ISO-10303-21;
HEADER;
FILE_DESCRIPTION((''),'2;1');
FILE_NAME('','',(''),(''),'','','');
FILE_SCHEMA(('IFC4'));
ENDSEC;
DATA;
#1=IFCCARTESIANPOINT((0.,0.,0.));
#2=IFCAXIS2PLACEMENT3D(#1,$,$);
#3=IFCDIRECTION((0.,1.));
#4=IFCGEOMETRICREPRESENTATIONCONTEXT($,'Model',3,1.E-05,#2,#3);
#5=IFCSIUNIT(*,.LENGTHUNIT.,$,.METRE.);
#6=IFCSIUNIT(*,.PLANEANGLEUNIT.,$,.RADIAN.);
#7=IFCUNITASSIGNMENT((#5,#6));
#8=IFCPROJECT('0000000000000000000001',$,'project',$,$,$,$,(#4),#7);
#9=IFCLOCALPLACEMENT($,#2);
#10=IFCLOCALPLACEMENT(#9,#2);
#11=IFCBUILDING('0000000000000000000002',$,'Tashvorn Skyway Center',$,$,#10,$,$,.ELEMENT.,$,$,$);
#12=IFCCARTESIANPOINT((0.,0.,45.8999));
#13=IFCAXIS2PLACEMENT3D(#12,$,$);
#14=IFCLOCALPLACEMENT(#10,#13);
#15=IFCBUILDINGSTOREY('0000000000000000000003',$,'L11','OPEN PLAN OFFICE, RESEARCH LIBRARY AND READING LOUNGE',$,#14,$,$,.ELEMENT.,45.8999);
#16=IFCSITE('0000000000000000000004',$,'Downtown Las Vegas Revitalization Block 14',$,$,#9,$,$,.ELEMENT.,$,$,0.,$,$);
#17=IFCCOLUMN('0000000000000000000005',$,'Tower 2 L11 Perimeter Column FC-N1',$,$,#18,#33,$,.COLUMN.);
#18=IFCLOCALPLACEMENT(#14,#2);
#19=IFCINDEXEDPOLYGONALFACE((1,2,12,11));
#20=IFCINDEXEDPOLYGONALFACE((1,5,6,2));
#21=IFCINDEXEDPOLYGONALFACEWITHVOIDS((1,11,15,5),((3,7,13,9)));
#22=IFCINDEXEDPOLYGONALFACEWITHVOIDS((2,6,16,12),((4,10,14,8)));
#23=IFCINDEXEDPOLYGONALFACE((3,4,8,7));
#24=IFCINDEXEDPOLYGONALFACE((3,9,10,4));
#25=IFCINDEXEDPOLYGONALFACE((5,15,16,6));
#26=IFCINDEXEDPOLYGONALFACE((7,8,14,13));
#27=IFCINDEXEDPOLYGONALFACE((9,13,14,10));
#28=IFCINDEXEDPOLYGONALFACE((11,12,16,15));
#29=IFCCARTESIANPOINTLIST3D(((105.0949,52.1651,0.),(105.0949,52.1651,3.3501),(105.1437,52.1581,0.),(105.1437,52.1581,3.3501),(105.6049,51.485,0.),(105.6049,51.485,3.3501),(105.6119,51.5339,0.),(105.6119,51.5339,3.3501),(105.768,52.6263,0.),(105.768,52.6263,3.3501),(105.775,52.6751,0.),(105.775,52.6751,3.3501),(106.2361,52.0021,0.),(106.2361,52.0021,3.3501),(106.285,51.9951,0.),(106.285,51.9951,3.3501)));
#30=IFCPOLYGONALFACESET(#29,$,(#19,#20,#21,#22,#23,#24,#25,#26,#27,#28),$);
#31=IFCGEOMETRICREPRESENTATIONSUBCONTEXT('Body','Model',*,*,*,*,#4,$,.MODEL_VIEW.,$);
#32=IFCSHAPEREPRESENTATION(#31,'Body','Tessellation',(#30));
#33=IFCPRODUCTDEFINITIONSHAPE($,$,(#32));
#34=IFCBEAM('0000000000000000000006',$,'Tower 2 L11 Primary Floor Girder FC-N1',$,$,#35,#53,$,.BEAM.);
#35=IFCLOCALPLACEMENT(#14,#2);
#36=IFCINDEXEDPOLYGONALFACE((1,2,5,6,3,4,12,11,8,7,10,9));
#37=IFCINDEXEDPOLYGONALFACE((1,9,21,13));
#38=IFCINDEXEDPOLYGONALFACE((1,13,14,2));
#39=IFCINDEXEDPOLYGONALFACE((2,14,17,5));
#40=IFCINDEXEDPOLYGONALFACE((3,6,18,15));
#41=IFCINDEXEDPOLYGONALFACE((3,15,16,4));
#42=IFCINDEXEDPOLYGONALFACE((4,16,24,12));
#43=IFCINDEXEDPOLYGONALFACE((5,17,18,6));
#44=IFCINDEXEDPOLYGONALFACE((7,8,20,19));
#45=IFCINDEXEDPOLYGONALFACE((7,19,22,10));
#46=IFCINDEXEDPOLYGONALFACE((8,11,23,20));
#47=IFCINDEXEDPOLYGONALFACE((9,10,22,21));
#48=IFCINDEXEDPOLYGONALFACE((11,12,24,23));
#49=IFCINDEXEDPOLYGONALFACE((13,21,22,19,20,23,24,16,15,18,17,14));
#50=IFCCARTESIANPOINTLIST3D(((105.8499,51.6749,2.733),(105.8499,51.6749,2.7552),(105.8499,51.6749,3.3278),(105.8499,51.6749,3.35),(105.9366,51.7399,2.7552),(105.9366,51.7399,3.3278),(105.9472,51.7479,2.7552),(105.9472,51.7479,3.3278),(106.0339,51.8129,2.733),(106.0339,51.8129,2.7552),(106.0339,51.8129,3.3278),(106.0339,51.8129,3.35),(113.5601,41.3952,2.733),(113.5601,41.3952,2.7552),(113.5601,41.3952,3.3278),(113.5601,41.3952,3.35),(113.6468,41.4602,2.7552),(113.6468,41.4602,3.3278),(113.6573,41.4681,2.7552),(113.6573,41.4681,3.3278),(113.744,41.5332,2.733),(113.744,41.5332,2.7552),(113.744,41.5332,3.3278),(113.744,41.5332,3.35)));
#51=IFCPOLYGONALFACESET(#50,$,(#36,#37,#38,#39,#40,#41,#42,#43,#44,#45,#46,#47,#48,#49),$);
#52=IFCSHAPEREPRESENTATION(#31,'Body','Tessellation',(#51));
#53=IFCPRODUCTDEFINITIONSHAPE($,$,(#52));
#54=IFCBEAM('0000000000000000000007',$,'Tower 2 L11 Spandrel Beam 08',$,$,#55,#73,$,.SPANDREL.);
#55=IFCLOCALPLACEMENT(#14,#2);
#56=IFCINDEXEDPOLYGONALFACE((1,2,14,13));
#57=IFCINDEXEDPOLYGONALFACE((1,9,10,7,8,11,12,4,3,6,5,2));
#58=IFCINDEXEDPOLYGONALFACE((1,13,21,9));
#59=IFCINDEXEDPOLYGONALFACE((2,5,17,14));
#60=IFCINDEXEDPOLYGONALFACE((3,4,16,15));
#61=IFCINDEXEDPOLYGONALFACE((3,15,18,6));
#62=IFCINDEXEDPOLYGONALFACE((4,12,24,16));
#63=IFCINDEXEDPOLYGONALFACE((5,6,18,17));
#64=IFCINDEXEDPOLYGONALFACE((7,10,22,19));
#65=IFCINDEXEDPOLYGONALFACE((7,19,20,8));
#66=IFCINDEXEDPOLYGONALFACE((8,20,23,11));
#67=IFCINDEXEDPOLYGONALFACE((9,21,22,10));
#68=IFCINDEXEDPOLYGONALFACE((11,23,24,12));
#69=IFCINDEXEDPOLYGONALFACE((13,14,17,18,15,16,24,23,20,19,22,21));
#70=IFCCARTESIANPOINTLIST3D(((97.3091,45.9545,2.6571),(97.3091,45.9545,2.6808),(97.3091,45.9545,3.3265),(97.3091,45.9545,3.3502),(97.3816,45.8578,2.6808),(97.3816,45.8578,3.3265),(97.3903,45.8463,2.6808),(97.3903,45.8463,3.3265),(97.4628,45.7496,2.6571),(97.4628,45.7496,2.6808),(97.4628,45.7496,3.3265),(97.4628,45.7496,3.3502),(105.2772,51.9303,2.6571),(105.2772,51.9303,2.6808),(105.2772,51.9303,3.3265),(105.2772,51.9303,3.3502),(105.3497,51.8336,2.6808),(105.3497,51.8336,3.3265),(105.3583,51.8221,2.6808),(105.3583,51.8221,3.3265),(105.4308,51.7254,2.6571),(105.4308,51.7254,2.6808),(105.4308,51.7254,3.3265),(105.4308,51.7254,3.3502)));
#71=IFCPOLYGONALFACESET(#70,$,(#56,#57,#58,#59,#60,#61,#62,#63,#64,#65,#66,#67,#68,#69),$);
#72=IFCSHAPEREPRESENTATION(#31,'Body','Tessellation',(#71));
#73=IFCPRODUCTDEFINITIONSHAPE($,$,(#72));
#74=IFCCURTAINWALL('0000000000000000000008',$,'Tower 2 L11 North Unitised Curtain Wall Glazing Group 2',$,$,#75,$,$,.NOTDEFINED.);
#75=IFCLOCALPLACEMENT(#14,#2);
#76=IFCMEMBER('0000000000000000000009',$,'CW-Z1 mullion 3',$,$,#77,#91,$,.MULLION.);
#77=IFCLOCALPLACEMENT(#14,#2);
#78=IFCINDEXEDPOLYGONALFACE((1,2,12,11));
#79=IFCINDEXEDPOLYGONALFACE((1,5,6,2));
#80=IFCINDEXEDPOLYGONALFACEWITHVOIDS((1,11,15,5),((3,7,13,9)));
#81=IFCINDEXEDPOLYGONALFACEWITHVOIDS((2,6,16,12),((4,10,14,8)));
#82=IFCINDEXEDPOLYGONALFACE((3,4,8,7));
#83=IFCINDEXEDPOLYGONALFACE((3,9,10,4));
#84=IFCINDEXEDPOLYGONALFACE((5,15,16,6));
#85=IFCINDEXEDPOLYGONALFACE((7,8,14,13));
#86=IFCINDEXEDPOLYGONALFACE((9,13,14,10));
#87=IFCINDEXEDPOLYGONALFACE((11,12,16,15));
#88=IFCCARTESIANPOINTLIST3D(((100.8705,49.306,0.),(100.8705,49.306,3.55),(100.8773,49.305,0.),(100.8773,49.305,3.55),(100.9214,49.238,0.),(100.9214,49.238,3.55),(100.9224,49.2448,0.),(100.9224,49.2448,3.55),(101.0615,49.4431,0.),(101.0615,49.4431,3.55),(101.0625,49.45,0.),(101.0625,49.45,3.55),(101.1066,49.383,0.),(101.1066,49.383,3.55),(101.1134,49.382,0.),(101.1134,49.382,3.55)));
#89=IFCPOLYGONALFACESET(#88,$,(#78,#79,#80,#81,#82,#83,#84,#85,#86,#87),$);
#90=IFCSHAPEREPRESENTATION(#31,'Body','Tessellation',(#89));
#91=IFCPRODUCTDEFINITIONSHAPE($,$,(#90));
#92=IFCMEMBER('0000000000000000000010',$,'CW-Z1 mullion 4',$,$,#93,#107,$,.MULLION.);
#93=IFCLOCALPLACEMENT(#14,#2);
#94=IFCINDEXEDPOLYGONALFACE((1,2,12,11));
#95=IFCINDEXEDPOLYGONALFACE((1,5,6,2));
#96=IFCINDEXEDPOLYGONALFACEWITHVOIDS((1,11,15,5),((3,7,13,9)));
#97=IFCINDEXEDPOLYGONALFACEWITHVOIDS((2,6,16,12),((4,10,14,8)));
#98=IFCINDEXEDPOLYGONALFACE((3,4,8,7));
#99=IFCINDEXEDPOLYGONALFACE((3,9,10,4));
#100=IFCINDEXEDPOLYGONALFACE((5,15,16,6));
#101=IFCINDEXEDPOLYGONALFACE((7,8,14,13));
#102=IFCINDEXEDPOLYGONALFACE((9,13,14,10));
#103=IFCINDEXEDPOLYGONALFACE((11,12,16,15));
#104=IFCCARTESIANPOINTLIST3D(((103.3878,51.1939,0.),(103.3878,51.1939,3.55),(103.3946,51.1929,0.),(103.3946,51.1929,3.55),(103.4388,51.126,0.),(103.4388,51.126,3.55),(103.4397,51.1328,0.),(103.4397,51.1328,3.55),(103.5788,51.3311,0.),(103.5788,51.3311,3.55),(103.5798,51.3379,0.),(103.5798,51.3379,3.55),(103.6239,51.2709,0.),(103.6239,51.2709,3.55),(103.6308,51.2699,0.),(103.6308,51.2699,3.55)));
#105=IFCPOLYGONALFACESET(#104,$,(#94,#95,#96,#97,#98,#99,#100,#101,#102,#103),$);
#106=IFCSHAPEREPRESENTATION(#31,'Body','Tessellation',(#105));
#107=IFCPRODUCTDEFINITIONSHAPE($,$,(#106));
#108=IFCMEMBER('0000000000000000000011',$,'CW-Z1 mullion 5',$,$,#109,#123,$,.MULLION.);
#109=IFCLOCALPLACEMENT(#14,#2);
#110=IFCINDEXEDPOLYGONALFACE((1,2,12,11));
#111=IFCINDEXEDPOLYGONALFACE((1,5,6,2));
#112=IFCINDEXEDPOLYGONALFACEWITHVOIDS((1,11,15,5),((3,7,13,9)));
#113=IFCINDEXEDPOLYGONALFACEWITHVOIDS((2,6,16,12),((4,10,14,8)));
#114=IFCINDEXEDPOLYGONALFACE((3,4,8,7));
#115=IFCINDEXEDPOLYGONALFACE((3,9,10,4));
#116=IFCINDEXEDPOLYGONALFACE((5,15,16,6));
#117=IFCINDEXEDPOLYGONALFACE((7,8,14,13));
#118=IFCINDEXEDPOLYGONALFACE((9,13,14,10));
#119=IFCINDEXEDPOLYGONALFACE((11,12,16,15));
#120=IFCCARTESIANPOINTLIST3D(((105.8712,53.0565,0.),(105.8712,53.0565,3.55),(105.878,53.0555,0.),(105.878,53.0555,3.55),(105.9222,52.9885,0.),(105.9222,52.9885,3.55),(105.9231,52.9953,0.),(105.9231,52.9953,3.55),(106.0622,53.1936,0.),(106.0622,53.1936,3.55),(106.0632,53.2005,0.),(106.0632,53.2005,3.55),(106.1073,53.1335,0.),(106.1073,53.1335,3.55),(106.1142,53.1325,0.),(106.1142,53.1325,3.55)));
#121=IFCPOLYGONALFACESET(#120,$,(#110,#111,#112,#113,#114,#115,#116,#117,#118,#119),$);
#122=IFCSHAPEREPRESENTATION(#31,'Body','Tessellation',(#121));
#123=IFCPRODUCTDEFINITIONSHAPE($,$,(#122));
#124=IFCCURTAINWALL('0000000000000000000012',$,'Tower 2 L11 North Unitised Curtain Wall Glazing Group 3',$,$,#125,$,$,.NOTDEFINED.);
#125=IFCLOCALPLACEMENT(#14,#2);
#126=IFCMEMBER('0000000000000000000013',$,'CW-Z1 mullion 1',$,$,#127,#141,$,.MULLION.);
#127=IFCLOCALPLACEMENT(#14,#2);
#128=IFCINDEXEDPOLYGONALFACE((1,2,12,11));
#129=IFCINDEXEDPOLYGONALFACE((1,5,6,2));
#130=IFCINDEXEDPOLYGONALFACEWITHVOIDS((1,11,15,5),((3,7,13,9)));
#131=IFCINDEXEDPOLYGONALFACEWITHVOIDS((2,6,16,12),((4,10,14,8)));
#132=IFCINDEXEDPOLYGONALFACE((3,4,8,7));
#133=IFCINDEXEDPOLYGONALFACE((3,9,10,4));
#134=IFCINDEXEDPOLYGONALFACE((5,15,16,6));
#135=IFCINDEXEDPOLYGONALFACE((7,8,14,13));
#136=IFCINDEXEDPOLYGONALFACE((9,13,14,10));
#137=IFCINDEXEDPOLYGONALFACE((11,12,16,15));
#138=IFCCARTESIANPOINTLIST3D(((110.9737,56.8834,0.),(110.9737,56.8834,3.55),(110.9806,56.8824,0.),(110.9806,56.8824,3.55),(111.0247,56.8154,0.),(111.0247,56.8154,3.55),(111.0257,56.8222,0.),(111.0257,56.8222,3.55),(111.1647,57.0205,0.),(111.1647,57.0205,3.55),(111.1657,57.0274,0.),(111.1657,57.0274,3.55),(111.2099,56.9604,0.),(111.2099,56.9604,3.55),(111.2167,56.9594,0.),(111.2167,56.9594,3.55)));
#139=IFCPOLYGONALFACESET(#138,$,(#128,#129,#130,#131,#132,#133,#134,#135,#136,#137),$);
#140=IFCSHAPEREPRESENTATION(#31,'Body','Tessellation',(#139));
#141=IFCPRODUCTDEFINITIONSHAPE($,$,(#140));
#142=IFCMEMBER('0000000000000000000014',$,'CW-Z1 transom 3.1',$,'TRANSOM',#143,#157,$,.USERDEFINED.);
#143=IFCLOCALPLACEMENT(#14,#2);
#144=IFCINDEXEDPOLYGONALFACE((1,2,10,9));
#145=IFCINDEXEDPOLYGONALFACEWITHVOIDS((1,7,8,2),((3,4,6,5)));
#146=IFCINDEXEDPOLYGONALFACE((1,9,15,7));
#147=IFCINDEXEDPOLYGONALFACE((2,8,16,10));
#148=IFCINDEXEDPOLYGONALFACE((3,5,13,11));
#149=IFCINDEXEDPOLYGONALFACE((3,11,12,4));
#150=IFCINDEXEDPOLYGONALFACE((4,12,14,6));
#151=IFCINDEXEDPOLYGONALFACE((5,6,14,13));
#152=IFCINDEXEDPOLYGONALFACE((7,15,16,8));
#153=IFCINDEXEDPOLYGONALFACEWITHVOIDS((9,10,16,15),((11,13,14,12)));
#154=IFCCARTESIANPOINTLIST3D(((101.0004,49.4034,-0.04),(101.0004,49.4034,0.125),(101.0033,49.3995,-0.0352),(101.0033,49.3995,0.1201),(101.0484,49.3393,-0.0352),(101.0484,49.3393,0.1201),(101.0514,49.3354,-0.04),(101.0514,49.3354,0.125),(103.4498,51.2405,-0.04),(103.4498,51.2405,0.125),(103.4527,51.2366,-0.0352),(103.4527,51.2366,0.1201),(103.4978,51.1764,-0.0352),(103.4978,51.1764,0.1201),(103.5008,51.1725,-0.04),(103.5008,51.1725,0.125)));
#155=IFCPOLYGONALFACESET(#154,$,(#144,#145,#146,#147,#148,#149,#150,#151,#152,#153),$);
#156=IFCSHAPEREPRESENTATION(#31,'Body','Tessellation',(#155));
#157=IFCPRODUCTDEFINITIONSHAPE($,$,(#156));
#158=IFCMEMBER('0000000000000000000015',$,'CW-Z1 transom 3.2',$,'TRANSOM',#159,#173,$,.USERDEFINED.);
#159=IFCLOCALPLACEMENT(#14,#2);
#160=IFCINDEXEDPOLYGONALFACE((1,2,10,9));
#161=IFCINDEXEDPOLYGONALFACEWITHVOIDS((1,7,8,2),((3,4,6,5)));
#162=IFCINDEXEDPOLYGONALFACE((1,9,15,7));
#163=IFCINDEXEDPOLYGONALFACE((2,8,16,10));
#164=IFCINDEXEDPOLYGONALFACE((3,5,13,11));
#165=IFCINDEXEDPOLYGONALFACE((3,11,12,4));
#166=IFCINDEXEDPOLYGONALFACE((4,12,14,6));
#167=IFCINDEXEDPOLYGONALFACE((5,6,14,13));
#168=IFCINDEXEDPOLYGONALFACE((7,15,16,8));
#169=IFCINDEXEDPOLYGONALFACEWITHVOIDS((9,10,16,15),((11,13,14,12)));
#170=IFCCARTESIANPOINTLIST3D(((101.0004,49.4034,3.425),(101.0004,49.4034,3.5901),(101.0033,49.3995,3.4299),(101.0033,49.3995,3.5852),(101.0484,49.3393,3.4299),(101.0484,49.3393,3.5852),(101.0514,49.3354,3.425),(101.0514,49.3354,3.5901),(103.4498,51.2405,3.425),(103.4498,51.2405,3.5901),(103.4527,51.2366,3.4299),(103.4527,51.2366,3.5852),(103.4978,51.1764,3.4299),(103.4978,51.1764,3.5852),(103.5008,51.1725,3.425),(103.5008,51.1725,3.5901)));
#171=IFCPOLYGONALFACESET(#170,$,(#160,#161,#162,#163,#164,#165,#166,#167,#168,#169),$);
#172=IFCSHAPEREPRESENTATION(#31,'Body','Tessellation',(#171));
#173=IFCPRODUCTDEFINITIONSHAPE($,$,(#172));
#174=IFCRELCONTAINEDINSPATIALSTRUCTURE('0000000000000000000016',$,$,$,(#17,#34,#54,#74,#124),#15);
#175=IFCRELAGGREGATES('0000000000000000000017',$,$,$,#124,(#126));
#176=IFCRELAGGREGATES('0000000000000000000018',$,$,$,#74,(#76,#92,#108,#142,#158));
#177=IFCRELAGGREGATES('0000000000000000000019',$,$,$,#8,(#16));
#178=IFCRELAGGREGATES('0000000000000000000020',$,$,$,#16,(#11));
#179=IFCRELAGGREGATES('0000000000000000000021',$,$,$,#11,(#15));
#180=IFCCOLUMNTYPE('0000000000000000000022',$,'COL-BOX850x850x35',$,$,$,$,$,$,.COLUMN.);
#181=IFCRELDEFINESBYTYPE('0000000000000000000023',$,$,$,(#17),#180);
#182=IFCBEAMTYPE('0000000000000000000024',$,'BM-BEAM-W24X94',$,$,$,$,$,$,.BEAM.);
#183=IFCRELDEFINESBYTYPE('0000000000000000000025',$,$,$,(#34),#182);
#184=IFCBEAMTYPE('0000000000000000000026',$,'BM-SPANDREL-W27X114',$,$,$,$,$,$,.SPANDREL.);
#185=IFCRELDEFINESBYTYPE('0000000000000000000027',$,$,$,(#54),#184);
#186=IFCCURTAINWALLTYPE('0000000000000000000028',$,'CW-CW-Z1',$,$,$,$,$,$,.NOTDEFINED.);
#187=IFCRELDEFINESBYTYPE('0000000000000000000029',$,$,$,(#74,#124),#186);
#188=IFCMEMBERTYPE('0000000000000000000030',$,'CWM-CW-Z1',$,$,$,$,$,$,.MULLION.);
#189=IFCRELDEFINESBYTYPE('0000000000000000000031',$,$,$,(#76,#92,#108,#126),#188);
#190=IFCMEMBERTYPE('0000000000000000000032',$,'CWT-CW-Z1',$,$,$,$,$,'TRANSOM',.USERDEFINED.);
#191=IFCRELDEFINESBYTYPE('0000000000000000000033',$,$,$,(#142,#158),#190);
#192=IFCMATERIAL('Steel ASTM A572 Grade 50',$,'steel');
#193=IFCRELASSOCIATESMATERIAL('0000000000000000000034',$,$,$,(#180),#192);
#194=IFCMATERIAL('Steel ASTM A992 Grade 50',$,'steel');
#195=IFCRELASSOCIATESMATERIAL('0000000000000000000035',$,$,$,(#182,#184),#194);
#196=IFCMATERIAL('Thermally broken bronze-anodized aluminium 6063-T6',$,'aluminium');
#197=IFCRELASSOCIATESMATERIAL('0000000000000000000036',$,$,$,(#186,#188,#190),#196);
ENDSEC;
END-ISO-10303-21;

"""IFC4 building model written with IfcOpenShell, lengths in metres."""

from ifc_helpers import new_model, si_unit, direction, frame, origin, origin_2d, place, context, subcontext, project, spatial, hollow_rectangle, i_section, extrude, material, material_profile, profile_set, type_object, element, aggregate, save


model = new_model("IFC4")

# Units and contexts
model_context = context("Model", 3, precision=1e-05, world=origin(), true_north=direction((0.0, 1.0)))
body_context = subcontext(model_context, "Body", "Model", "MODEL_VIEW")
ifc_project = project(units=[si_unit("LENGTHUNIT", "METRE"), si_unit("PLANEANGLEUNIT", "RADIAN")], contexts=[model_context])

# Site, building, storey
site_placement = place(None, origin())
site = spatial("IfcSite", under=ifc_project, at=site_placement, Name="Downtown Las Vegas Revitalization Block 14", CompositionType="ELEMENT", RefElevation=0.0)
building_placement = place(site_placement, origin())
building = spatial("IfcBuilding", under=site, at=building_placement, Name="Tashvorn Skyway Center", CompositionType="ELEMENT")
storey_placement = place(building_placement, frame((0.0, 0.0, 45.8999)))
storey = spatial("IfcBuildingStorey", under=building, at=storey_placement, Name="L11", Description="OPEN PLAN OFFICE, RESEARCH LIBRARY AND READING LOUNGE", CompositionType="ELEMENT", Elevation=45.8999)

# Column
ifc_material_1 = material(Name="Steel ASTM A572 Grade 50", Category="steel")
ifc_material_profile_1 = material_profile(ifc_material_1, hollow_rectangle(XDim=0.8501, YDim=0.8501, WallThickness=0.0349, at=origin_2d()), Name="BOX850x850x35")
ifc_profile_set_1 = profile_set([ifc_material_profile_1], Name="Steel ASTM A572 Grade 50")
column_type = type_object("IfcColumnType", Name="COL-BOX850x850x35", PredefinedType="COLUMN", material=ifc_profile_set_1)
column_placement = place(storey_placement, frame((105.6899, 52.0801, 0.0), z_axis=(0.0, 0.0, 1.0), x_axis=(0.8, 0.6, 0.0)))
element("IfcColumn", 1, at=column_placement, inside=storey, type_object=column_type, Name="Tower 2 L11 Perimeter Column FC-N1", PredefinedType="COLUMN", context=body_context, shape_type="SweptSolid", body=[
    extrude(hollow_rectangle(XDim=0.8501, YDim=0.8501, WallThickness=0.0349, at=origin_2d()), origin(), (0.0, 0.0, 1.0), 3.3501),
])

# Beams
ifc_material_2 = material(Name="Steel ASTM A992 Grade 50", Category="steel")
ifc_material_profile_2 = material_profile(ifc_material_2, i_section(OverallWidth=0.23, OverallDepth=0.6169, WebThickness=0.0132, FlangeThickness=0.0222, at=origin_2d()), Name="W24X94")
ifc_profile_set_2 = profile_set([ifc_material_profile_2], Name="Steel ASTM A992 Grade 50")
beam_type_1 = type_object("IfcBeamType", Name="BM-BEAM-W24X94", PredefinedType="BEAM", material=ifc_profile_set_2)
beam_1_placement = place(storey_placement, frame((105.9419, 51.7439, 3.0415), z_axis=(0.600018, -0.799986, 0.0), x_axis=(0.799986, 0.600018, 0.0)))
element("IfcBeam", 2, at=beam_1_placement, inside=storey, type_object=beam_type_1, Name="Tower 2 L11 Primary Floor Girder FC-N1", PredefinedType="BEAM", context=body_context, shape_type="SweptSolid", body=[
    extrude(i_section(OverallWidth=0.23, OverallDepth=0.6169, WebThickness=0.0132, FlangeThickness=0.0222, at=origin_2d()), origin(), (0.0, 0.0, 1.0), 12.8499),
])
ifc_material_profile_3 = material_profile(ifc_material_2, i_section(OverallWidth=0.2561, OverallDepth=0.6931, WebThickness=0.0144, FlangeThickness=0.0237, at=origin_2d()), Name="W27X114")
ifc_profile_set_3 = profile_set([ifc_material_profile_3], Name="Steel ASTM A992 Grade 50")
beam_type_2 = type_object("IfcBeamType", Name="BM-SPANDREL-W27X114", PredefinedType="SPANDREL", material=ifc_profile_set_3)
beam_2_placement = place(storey_placement, frame((105.354, 51.8279, 3.0037), z_axis=(-0.800009, -0.599988, 0.0), x_axis=(0.599988, -0.800009, 0.0)))
element("IfcBeam", 3, at=beam_2_placement, inside=storey, type_object=beam_type_2, Name="Tower 2 L11 Spandrel Beam 08", PredefinedType="SPANDREL", context=body_context, shape_type="SweptSolid", body=[
    extrude(i_section(OverallWidth=0.2561, OverallDepth=0.6931, WebThickness=0.0144, FlangeThickness=0.0237, at=origin_2d()), origin(), (0.0, 0.0, 1.0), 9.96),
])

# Curtain wall, members
ifc_material_3 = material(Name="Thermally broken bronze-anodized aluminium 6063-T6", Category="aluminium")
curtain_wall_type = type_object("IfcCurtainWallType", Name="CW-CW-Z1", PredefinedType="NOTDEFINED", material=ifc_material_3)
curtain_wall_1_placement = place(storey_placement, origin())
curtain_wall_1 = element("IfcCurtainWall", 4, at=curtain_wall_1_placement, inside=storey, type_object=curtain_wall_type, Name="Tower 2 L11 North Unitised Curtain Wall Glazing Group 2", PredefinedType="NOTDEFINED")
ifc_material_profile_4 = material_profile(ifc_material_3, hollow_rectangle(XDim=0.085, YDim=0.24, WallThickness=0.0049, at=origin_2d()), Name="ALU-MULL-85x240")
ifc_profile_set_4 = profile_set([ifc_material_profile_4], Name="Thermally broken bronze-anodized aluminium 6063-T6")
member_type_1 = type_object("IfcMemberType", Name="CWM-CW-Z1", PredefinedType="MULLION", material=ifc_profile_set_4)
member_1_placement = place(storey_placement, frame((100.9919, 49.344, 0.0), z_axis=(0.0, 0.0, 1.0), x_axis=(-0.599997, 0.800002, 0.0)))
member_1 = element("IfcMember", 5, at=member_1_placement, type_object=member_type_1, Name="CW-Z1 mullion 3", PredefinedType="MULLION", context=body_context, shape_type="SweptSolid", body=[
    extrude(hollow_rectangle(XDim=0.085, YDim=0.24, WallThickness=0.0049, at=origin_2d()), origin(), (0.0, 0.0, 1.0), 3.55),
])
member_2_placement = place(storey_placement, frame((103.5093, 51.2319, 0.0), z_axis=(0.0, 0.0, 1.0), x_axis=(-0.599997, 0.800002, 0.0)))
member_2 = element("IfcMember", 6, at=member_2_placement, type_object=member_type_1, Name="CW-Z1 mullion 4", PredefinedType="MULLION", context=body_context, shape_type="SweptSolid", body=[
    extrude(hollow_rectangle(XDim=0.085, YDim=0.24, WallThickness=0.0049, at=origin_2d()), origin(), (0.0, 0.0, 1.0), 3.55),
])
member_3_placement = place(storey_placement, frame((105.9927, 53.0945, 0.0), z_axis=(0.0, 0.0, 1.0), x_axis=(-0.599997, 0.800002, 0.0)))
member_3 = element("IfcMember", 7, at=member_3_placement, type_object=member_type_1, Name="CW-Z1 mullion 5", PredefinedType="MULLION", context=body_context, shape_type="SweptSolid", body=[
    extrude(hollow_rectangle(XDim=0.085, YDim=0.24, WallThickness=0.0049, at=origin_2d()), origin(), (0.0, 0.0, 1.0), 3.55),
])

# Curtain wall, member
curtain_wall_2_placement = place(storey_placement, origin())
curtain_wall_2 = element("IfcCurtainWall", 8, at=curtain_wall_2_placement, inside=storey, type_object=curtain_wall_type, Name="Tower 2 L11 North Unitised Curtain Wall Glazing Group 3", PredefinedType="NOTDEFINED")
member_4_placement = place(storey_placement, frame((111.0952, 56.9214, 0.0), z_axis=(0.0, 0.0, 1.0), x_axis=(-0.599997, 0.800002, 0.0)))
member_4 = element("IfcMember", 9, at=member_4_placement, type_object=member_type_1, Name="CW-Z1 mullion 1", PredefinedType="MULLION", context=body_context, shape_type="SweptSolid", body=[
    extrude(hollow_rectangle(XDim=0.085, YDim=0.24, WallThickness=0.0049, at=origin_2d()), origin(), (0.0, 0.0, 1.0), 3.55),
])

# Members
ifc_material_profile_5 = material_profile(ifc_material_3, hollow_rectangle(XDim=0.085, YDim=0.165, WallThickness=0.0049, at=origin_2d()), Name="ALU-TRAN-85x165")
ifc_profile_set_5 = profile_set([ifc_material_profile_5], Name="Thermally broken bronze-anodized aluminium 6063-T6")
member_type_2 = type_object("IfcMemberType", Name="CWT-CW-Z1", ElementType="TRANSOM", PredefinedType="USERDEFINED", material=ifc_profile_set_5)
member_5_placement = place(storey_placement, frame((101.0259, 49.3694, 0.0425), z_axis=(0.79999, 0.600013, 0.0), x_axis=(-0.600013, 0.79999, 0.0)))
member_5 = element("IfcMember", 10, at=member_5_placement, type_object=member_type_2, Name="CW-Z1 transom 3.1", ObjectType="TRANSOM", PredefinedType="USERDEFINED", context=body_context, shape_type="SweptSolid", body=[
    extrude(hollow_rectangle(XDim=0.085, YDim=0.165, WallThickness=0.0049, at=origin_2d()), origin(), (0.0, 0.0, 1.0), 3.0618),
])
member_6_placement = place(storey_placement, frame((101.0259, 49.3694, 3.5076), z_axis=(0.79999, 0.600013, 0.0), x_axis=(-0.600013, 0.79999, 0.0)))
member_6 = element("IfcMember", 11, at=member_6_placement, type_object=member_type_2, Name="CW-Z1 transom 3.2", ObjectType="TRANSOM", PredefinedType="USERDEFINED", context=body_context, shape_type="SweptSolid", body=[
    extrude(hollow_rectangle(XDim=0.085, YDim=0.165, WallThickness=0.0049, at=origin_2d()), origin(), (0.0, 0.0, 1.0), 3.0618),
])
aggregate(curtain_wall_2, [member_4])

aggregate(curtain_wall_1, [member_1, member_2, member_3, member_5, member_6])

save(model, "model.ifc")
